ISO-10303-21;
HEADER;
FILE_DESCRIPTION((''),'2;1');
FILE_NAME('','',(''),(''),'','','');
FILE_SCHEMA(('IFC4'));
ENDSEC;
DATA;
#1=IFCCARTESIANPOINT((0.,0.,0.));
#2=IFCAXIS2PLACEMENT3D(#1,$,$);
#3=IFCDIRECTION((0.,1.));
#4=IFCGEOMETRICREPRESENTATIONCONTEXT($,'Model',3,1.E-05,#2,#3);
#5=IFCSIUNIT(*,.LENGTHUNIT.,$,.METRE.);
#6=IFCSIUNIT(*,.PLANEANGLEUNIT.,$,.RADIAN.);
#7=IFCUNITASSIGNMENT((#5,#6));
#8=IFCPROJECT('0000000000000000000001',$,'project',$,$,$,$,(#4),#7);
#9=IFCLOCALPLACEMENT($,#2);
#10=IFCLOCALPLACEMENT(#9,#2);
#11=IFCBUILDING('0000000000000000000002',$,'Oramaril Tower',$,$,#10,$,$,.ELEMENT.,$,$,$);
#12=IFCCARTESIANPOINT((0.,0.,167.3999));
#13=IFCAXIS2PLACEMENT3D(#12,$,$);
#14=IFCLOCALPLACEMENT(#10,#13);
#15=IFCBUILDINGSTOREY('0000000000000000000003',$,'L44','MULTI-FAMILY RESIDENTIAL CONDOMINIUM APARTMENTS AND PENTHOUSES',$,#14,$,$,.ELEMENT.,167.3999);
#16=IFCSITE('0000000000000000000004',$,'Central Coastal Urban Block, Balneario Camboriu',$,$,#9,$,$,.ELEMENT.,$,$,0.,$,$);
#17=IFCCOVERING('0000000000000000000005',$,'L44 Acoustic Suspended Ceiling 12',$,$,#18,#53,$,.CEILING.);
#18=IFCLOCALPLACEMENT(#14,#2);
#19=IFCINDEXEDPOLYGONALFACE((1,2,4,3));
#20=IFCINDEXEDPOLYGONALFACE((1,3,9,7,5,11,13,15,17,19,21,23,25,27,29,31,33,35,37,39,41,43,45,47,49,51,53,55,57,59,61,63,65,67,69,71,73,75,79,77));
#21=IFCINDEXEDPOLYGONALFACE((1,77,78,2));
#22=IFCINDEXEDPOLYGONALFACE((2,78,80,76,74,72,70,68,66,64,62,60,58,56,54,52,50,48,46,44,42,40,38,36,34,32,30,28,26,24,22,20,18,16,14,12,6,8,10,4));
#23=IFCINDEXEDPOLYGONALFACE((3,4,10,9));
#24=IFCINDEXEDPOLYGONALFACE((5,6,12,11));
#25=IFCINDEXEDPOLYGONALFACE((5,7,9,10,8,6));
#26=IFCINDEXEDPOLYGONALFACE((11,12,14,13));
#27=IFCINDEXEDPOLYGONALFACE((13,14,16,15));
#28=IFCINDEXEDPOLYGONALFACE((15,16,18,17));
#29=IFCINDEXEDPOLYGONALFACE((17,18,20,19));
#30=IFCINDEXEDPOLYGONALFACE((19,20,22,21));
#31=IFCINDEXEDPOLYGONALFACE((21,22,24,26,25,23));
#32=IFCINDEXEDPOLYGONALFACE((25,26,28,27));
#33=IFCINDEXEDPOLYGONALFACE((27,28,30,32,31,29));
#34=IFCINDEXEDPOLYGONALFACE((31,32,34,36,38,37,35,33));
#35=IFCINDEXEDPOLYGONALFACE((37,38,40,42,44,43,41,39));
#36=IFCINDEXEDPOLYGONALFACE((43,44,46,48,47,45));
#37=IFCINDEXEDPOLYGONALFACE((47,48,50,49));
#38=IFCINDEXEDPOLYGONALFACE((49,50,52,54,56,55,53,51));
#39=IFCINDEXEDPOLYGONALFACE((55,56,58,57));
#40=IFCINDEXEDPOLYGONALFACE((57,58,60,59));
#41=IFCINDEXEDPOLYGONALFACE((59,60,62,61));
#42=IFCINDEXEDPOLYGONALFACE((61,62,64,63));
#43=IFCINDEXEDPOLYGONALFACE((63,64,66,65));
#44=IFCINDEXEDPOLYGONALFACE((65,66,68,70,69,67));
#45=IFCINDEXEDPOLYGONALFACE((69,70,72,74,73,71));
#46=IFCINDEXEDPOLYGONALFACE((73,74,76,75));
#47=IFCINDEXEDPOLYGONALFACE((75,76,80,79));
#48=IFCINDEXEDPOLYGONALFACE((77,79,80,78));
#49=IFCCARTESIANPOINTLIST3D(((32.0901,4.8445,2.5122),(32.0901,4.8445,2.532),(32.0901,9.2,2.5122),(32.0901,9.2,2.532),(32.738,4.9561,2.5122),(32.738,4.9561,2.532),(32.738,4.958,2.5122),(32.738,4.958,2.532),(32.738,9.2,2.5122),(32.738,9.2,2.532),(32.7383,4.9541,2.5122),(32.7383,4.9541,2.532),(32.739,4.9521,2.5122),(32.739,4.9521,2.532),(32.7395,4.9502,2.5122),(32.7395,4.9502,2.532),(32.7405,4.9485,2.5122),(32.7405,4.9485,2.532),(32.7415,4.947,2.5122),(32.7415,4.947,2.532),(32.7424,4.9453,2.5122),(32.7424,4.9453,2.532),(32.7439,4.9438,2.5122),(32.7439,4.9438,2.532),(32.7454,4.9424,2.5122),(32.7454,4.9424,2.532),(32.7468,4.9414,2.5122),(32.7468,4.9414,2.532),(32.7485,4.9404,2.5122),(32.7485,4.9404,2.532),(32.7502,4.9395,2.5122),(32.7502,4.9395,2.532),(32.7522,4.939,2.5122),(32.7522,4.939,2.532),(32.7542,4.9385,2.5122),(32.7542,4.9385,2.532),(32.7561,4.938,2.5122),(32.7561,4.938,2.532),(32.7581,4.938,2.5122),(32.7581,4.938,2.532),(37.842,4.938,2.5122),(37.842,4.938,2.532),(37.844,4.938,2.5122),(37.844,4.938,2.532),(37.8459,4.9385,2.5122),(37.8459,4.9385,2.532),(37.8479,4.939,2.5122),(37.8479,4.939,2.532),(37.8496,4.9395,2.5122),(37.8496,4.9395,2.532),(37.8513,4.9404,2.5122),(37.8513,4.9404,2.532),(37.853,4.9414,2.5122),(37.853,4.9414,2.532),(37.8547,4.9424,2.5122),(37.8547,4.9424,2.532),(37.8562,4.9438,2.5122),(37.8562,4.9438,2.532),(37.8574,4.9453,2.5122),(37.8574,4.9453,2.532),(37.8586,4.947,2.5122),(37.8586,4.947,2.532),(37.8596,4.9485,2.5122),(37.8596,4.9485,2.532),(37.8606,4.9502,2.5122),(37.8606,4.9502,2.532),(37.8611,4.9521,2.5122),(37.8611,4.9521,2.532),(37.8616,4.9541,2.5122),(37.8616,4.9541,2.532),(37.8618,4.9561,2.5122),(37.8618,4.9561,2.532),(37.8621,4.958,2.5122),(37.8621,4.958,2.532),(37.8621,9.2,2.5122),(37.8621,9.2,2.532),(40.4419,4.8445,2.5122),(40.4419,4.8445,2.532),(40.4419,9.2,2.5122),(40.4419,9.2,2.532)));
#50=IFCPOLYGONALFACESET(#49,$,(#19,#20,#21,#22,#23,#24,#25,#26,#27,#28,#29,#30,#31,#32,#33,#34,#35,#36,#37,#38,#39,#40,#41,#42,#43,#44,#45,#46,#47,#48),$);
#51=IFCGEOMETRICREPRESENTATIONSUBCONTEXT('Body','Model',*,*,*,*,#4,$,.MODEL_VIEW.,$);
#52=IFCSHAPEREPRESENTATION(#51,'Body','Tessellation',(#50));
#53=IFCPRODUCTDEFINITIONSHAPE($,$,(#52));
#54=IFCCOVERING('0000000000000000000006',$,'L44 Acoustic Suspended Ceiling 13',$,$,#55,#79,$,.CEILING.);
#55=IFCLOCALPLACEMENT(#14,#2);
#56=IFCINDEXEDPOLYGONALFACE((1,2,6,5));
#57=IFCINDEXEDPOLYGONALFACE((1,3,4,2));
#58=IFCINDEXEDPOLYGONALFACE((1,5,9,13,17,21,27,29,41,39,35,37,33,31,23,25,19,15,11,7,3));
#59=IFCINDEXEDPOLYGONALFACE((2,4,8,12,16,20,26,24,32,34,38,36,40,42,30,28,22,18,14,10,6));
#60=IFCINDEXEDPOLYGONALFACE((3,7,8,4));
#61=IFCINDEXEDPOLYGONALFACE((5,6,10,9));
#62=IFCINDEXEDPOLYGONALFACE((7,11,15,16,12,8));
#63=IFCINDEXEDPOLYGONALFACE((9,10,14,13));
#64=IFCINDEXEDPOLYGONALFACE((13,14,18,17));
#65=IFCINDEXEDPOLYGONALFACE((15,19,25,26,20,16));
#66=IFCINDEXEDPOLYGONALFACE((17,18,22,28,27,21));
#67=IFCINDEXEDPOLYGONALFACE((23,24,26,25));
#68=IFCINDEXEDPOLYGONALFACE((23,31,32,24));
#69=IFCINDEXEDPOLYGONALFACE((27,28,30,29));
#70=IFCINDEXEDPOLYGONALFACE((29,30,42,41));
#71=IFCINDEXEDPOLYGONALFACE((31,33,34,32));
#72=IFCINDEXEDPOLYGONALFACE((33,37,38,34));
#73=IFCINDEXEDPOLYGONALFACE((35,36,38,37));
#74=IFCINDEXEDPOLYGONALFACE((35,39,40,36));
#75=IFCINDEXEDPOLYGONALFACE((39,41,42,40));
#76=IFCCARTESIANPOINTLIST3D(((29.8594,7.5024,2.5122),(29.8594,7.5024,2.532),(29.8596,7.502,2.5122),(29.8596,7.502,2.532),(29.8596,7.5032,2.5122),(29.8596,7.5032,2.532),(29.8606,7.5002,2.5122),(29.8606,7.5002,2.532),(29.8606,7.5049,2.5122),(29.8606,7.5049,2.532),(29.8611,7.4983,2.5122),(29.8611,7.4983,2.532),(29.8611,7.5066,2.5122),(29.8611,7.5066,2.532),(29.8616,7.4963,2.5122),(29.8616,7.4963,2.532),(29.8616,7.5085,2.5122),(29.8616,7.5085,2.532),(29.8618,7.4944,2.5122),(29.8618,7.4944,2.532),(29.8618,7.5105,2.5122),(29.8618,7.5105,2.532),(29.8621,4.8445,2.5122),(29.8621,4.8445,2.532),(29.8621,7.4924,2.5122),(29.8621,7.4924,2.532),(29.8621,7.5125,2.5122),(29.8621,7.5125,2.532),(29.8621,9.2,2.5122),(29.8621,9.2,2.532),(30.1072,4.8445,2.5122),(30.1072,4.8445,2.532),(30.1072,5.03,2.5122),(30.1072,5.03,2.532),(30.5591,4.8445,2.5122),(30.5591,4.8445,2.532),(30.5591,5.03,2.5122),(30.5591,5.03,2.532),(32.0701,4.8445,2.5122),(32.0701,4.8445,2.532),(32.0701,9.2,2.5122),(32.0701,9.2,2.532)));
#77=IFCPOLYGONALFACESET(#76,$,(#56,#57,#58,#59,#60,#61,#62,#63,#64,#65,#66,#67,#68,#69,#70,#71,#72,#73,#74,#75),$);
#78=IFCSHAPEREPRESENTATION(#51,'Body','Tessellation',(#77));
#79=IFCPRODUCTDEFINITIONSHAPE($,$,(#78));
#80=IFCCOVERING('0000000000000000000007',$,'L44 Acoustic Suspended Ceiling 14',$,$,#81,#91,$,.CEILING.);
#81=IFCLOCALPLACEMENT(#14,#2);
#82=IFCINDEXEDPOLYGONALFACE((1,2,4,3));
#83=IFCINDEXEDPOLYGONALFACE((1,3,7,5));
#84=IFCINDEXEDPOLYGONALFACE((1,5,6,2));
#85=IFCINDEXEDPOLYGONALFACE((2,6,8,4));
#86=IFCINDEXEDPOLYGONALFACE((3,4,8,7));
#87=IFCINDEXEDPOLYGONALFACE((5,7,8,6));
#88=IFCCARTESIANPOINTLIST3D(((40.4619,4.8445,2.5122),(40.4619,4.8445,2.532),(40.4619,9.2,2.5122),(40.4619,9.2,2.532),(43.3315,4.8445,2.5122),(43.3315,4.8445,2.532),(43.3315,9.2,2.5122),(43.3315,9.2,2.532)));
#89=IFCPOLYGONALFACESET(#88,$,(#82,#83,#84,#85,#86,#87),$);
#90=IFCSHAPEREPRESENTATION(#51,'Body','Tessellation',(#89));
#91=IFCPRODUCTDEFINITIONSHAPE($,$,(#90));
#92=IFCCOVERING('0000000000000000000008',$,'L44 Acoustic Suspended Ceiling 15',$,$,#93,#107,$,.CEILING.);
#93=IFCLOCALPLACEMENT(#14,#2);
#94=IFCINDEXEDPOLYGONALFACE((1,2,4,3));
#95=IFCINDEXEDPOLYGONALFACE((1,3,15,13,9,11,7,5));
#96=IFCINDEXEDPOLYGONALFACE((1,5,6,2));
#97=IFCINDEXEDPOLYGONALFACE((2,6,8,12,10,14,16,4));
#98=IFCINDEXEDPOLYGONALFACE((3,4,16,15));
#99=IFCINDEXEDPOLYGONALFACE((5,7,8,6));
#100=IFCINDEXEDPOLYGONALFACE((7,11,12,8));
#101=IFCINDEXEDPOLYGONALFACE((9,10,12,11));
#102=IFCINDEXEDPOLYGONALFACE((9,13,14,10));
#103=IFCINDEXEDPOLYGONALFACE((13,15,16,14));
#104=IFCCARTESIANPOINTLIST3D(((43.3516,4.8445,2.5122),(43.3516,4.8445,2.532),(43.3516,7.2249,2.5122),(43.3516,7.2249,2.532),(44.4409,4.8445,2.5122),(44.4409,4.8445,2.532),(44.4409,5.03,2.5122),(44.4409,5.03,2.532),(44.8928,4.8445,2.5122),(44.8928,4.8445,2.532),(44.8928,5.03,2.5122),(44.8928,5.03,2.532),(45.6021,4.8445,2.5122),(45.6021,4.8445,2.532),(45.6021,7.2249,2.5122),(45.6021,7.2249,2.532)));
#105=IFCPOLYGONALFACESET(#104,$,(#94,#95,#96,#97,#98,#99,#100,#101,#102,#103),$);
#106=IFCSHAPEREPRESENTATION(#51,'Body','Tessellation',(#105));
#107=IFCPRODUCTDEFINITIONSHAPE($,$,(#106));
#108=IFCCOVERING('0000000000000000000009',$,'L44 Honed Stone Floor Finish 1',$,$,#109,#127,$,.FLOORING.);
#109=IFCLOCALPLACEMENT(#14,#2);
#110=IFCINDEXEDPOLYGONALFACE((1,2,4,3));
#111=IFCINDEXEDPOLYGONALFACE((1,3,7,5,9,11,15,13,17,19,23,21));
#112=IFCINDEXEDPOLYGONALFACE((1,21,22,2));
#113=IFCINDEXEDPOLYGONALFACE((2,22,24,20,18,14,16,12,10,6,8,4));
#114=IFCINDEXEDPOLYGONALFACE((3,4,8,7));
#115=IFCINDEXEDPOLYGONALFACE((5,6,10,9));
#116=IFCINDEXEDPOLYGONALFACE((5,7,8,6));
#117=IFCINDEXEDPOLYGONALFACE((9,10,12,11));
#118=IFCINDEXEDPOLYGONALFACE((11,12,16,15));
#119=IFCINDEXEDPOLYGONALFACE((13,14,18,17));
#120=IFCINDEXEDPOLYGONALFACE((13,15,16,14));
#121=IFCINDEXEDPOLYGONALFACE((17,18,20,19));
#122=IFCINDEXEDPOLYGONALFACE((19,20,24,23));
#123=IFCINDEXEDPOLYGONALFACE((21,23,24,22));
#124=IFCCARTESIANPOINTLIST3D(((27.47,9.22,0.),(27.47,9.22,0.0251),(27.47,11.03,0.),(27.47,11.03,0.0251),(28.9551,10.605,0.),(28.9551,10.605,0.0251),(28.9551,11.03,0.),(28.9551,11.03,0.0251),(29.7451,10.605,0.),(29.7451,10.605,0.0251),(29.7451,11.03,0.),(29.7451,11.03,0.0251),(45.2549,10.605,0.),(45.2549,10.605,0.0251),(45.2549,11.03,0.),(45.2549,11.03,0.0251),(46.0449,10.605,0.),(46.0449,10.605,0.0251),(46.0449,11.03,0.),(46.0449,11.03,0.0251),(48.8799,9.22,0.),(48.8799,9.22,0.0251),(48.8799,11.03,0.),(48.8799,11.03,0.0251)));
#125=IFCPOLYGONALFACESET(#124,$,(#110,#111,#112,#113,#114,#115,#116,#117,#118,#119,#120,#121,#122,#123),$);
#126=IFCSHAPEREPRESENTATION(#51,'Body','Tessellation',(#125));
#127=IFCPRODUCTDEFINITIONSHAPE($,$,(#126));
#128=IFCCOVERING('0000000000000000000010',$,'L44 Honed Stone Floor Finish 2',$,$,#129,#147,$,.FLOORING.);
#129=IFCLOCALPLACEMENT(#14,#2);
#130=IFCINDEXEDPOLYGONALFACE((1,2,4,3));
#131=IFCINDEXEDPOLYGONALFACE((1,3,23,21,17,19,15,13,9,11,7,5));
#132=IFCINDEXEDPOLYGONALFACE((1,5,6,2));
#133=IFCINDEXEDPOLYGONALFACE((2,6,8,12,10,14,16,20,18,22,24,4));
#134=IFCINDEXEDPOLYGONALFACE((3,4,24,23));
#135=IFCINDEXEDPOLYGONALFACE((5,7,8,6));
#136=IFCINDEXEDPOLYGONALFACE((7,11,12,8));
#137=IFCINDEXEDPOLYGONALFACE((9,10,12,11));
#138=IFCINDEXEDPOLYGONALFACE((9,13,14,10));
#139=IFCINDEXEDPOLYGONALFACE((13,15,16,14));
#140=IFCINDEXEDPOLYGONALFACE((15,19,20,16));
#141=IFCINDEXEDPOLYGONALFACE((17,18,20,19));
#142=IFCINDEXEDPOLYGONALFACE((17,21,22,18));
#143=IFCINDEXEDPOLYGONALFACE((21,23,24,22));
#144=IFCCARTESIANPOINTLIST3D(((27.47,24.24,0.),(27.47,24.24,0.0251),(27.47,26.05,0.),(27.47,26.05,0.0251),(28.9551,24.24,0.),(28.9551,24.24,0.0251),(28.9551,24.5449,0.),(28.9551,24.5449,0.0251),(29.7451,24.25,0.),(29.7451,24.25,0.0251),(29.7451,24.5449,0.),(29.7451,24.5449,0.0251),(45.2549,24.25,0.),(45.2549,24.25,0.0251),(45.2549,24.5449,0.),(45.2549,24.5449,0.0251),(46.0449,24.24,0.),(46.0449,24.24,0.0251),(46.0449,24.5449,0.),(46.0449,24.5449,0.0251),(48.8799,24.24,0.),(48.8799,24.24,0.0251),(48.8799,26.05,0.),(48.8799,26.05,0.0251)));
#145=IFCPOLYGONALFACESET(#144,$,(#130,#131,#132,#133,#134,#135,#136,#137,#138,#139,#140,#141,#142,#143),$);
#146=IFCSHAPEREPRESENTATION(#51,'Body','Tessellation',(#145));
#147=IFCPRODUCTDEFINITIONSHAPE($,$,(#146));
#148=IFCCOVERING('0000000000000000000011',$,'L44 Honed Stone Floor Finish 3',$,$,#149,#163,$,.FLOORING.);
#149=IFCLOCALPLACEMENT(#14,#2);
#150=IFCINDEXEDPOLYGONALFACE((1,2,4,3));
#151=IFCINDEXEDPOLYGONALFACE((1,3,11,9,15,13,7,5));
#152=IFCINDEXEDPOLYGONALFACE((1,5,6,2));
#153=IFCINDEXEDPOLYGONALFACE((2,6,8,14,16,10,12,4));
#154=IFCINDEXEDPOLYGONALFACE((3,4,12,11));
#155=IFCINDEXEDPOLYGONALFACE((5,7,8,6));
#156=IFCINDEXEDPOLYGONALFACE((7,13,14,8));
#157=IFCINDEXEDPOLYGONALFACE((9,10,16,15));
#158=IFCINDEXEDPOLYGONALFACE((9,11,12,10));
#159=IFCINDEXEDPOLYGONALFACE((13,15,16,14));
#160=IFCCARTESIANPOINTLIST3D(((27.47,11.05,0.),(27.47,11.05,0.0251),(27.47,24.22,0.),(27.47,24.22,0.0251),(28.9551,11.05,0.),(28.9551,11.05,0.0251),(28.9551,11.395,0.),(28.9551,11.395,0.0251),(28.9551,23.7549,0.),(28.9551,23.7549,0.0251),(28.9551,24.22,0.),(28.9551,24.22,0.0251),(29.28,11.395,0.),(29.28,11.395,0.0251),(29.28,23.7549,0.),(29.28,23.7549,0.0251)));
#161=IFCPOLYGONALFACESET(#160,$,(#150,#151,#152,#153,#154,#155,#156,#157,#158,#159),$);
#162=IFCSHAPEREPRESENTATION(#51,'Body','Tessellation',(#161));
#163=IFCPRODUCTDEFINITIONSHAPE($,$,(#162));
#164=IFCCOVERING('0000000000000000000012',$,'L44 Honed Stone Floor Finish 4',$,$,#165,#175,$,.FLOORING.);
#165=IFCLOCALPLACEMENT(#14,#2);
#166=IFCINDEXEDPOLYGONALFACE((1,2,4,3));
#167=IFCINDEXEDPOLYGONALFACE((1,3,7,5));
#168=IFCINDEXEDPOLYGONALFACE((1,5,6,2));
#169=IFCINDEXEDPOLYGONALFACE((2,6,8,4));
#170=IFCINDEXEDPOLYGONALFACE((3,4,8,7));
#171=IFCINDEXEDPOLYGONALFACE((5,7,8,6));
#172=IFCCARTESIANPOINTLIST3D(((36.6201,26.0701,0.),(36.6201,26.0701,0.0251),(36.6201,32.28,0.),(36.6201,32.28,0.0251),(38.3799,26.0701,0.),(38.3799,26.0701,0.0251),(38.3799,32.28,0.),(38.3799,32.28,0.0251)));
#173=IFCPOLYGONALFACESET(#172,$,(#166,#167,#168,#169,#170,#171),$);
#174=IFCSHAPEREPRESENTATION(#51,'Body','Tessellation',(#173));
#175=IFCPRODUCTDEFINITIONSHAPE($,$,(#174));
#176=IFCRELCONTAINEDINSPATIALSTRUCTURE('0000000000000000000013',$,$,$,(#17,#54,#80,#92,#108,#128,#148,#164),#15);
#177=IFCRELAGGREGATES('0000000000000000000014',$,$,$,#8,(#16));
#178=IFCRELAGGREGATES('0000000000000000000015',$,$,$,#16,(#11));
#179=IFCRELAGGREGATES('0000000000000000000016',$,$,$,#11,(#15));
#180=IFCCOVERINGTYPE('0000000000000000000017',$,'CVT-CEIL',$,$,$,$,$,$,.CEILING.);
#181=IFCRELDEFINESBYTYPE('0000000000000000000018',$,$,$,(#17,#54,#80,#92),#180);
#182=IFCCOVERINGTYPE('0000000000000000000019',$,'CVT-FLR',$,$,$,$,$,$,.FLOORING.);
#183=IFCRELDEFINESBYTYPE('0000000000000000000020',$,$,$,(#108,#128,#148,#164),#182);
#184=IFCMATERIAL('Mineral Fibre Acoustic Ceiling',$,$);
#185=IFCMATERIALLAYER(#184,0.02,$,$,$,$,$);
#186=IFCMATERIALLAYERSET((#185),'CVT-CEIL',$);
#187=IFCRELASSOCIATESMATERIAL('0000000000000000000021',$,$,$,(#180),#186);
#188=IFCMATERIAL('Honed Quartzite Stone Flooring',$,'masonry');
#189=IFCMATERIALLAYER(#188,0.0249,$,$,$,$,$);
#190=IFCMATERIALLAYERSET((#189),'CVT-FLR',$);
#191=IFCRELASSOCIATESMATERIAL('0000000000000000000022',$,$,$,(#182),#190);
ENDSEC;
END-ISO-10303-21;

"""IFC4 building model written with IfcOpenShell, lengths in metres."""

from ifc_helpers import new_model, si_unit, direction, frame, origin, place, context, subcontext, project, spatial, polyline, outline, extrude, material, layer, layer_set, type_object, element, save


model = new_model("IFC4")

# Units and contexts
model_context = context("Model", 3, precision=1e-05, world=origin(), true_north=direction((0.0, 1.0)))
body_context = subcontext(model_context, "Body", "Model", "MODEL_VIEW")
ifc_project = project(units=[si_unit("LENGTHUNIT", "METRE"), si_unit("PLANEANGLEUNIT", "RADIAN")], contexts=[model_context])

# Site, building, storey
site_placement = place(None, origin())
site = spatial("IfcSite", under=ifc_project, at=site_placement, Name="Central Coastal Urban Block, Balneario Camboriu", CompositionType="ELEMENT", RefElevation=0.0)
building_placement = place(site_placement, origin())
building = spatial("IfcBuilding", under=site, at=building_placement, Name="Oramaril Tower", CompositionType="ELEMENT")
storey_placement = place(building_placement, frame((0.0, 0.0, 167.3999)))
storey = spatial("IfcBuildingStorey", under=building, at=storey_placement, Name="L44", Description="MULTI-FAMILY RESIDENTIAL CONDOMINIUM APARTMENTS AND PENTHOUSES", CompositionType="ELEMENT", Elevation=167.3999)

# Coverings
ifc_material_1 = material(Name="Mineral Fibre Acoustic Ceiling")
ifc_layer_1 = layer(ifc_material_1, 0.02)
ifc_layer_set_1 = layer_set([ifc_layer_1], Name="CVT-CEIL")
covering_type_1 = type_object("IfcCoveringType", Name="CVT-CEIL", PredefinedType="CEILING", material=ifc_layer_set_1)
covering_1_placement = place(storey_placement, frame((0.0, 0.0, 2.5122)))
element("IfcCovering", 1, at=covering_1_placement, inside=storey, type_object=covering_type_1, Name="L44 Acoustic Suspended Ceiling 12", PredefinedType="CEILING", context=body_context, shape_type="SweptSolid", body=[
    extrude(outline(polyline([(40.4419, 4.8445), (32.0901, 4.8445), (32.0901, 9.2), (32.738, 9.2), (32.738, 4.958), (32.738, 4.9561), (32.7383, 4.9541), (32.739, 4.9521), (32.7395, 4.9502), (32.7405, 4.9485), (32.7415, 4.947), (32.7424, 4.9453), (32.7439, 4.9438), (32.7454, 4.9424), (32.7468, 4.9414), (32.7485, 4.9404), (32.7502, 4.9395), (32.7522, 4.939), (32.7542, 4.9385), (32.7561, 4.938), (32.7581, 4.938), (37.842, 4.938), (37.844, 4.938), (37.8459, 4.9385), (37.8479, 4.939), (37.8496, 4.9395), (37.8513, 4.9404), (37.853, 4.9414), (37.8547, 4.9424), (37.8562, 4.9438), (37.8574, 4.9453), (37.8586, 4.947), (37.8596, 4.9485), (37.8606, 4.9502), (37.8611, 4.9521), (37.8616, 4.9541), (37.8618, 4.9561), (37.8621, 4.958), (37.8621, 9.2), (40.4419, 9.2), (40.4419, 4.8445)])), origin(), (0.0, 0.0, 1.0), 0.0198),
])
covering_2_placement = place(storey_placement, frame((0.0, 0.0, 2.5122)))
element("IfcCovering", 2, at=covering_2_placement, inside=storey, type_object=covering_type_1, Name="L44 Acoustic Suspended Ceiling 13", PredefinedType="CEILING", context=body_context, shape_type="SweptSolid", body=[
    extrude(outline(polyline([(30.5591, 4.8445), (30.5591, 5.03), (30.1072, 5.03), (30.1072, 4.8445), (29.8621, 4.8445), (29.8621, 7.4924), (29.8618, 7.4944), (29.8616, 7.4963), (29.8611, 7.4983), (29.8606, 7.5002), (29.8596, 7.502), (29.8594, 7.5024), (29.8596, 7.5032), (29.8606, 7.5049), (29.8611, 7.5066), (29.8616, 7.5085), (29.8618, 7.5105), (29.8621, 7.5125), (29.8621, 9.2), (32.0701, 9.2), (32.0701, 4.8445), (30.5591, 4.8445)])), origin(), (0.0, 0.0, 1.0), 0.0198),
])
covering_3_placement = place(storey_placement, frame((0.0, 0.0, 2.5122)))
element("IfcCovering", 3, at=covering_3_placement, inside=storey, type_object=covering_type_1, Name="L44 Acoustic Suspended Ceiling 14", PredefinedType="CEILING", context=body_context, shape_type="SweptSolid", body=[
    extrude(outline(polyline([(43.3315, 4.8445), (40.4619, 4.8445), (40.4619, 9.2), (43.3315, 9.2), (43.3315, 4.8445)])), origin(), (0.0, 0.0, 1.0), 0.0198),
])
covering_4_placement = place(storey_placement, frame((0.0, 0.0, 2.5122)))
element("IfcCovering", 4, at=covering_4_placement, inside=storey, type_object=covering_type_1, Name="L44 Acoustic Suspended Ceiling 15", PredefinedType="CEILING", context=body_context, shape_type="SweptSolid", body=[
    extrude(outline(polyline([(44.8928, 5.03), (44.4409, 5.03), (44.4409, 4.8445), (43.3516, 4.8445), (43.3516, 7.2249), (45.6021, 7.2249), (45.6021, 4.8445), (44.8928, 4.8445), (44.8928, 5.03)])), origin(), (0.0, 0.0, 1.0), 0.0198),
])
ifc_material_2 = material(Name="Honed Quartzite Stone Flooring", Category="masonry")
ifc_layer_2 = layer(ifc_material_2, 0.0249)
ifc_layer_set_2 = layer_set([ifc_layer_2], Name="CVT-FLR")
covering_type_2 = type_object("IfcCoveringType", Name="CVT-FLR", PredefinedType="FLOORING", material=ifc_layer_set_2)
covering_5_placement = place(storey_placement, origin())
element("IfcCovering", 5, at=covering_5_placement, inside=storey, type_object=covering_type_2, Name="L44 Honed Stone Floor Finish 1", PredefinedType="FLOORING", context=body_context, shape_type="SweptSolid", body=[
    extrude(outline(polyline([(28.9551, 10.605), (29.7451, 10.605), (29.7451, 11.03), (45.2549, 11.03), (45.2549, 10.605), (46.0449, 10.605), (46.0449, 11.03), (48.8799, 11.03), (48.8799, 9.22), (27.47, 9.22), (27.47, 11.03), (28.9551, 11.03), (28.9551, 10.605)])), origin(), (0.0, 0.0, 1.0), 0.0251),
])
covering_6_placement = place(storey_placement, origin())
element("IfcCovering", 6, at=covering_6_placement, inside=storey, type_object=covering_type_2, Name="L44 Honed Stone Floor Finish 2", PredefinedType="FLOORING", context=body_context, shape_type="SweptSolid", body=[
    extrude(outline(polyline([(48.8799, 24.24), (46.0449, 24.24), (46.0449, 24.5449), (45.2549, 24.5449), (45.2549, 24.25), (29.7451, 24.25), (29.7451, 24.5449), (28.9551, 24.5449), (28.9551, 24.24), (27.47, 24.24), (27.47, 26.05), (48.8799, 26.05), (48.8799, 24.24)])), origin(), (0.0, 0.0, 1.0), 0.0251),
])
covering_7_placement = place(storey_placement, origin())
element("IfcCovering", 7, at=covering_7_placement, inside=storey, type_object=covering_type_2, Name="L44 Honed Stone Floor Finish 3", PredefinedType="FLOORING", context=body_context, shape_type="SweptSolid", body=[
    extrude(outline(polyline([(28.9551, 23.7549), (29.28, 23.7549), (29.28, 11.395), (28.9551, 11.395), (28.9551, 11.05), (27.47, 11.05), (27.47, 24.22), (28.9551, 24.22), (28.9551, 23.7549)])), origin(), (0.0, 0.0, 1.0), 0.0251),
])
covering_8_placement = place(storey_placement, origin())
element("IfcCovering", 8, at=covering_8_placement, inside=storey, type_object=covering_type_2, Name="L44 Honed Stone Floor Finish 4", PredefinedType="FLOORING", context=body_context, shape_type="SweptSolid", body=[
    extrude(outline(polyline([(38.3799, 26.0701), (36.6201, 26.0701), (36.6201, 32.28), (38.3799, 32.28), (38.3799, 26.0701)])), origin(), (0.0, 0.0, 1.0), 0.0251),
])

save(model, "model.ifc")
